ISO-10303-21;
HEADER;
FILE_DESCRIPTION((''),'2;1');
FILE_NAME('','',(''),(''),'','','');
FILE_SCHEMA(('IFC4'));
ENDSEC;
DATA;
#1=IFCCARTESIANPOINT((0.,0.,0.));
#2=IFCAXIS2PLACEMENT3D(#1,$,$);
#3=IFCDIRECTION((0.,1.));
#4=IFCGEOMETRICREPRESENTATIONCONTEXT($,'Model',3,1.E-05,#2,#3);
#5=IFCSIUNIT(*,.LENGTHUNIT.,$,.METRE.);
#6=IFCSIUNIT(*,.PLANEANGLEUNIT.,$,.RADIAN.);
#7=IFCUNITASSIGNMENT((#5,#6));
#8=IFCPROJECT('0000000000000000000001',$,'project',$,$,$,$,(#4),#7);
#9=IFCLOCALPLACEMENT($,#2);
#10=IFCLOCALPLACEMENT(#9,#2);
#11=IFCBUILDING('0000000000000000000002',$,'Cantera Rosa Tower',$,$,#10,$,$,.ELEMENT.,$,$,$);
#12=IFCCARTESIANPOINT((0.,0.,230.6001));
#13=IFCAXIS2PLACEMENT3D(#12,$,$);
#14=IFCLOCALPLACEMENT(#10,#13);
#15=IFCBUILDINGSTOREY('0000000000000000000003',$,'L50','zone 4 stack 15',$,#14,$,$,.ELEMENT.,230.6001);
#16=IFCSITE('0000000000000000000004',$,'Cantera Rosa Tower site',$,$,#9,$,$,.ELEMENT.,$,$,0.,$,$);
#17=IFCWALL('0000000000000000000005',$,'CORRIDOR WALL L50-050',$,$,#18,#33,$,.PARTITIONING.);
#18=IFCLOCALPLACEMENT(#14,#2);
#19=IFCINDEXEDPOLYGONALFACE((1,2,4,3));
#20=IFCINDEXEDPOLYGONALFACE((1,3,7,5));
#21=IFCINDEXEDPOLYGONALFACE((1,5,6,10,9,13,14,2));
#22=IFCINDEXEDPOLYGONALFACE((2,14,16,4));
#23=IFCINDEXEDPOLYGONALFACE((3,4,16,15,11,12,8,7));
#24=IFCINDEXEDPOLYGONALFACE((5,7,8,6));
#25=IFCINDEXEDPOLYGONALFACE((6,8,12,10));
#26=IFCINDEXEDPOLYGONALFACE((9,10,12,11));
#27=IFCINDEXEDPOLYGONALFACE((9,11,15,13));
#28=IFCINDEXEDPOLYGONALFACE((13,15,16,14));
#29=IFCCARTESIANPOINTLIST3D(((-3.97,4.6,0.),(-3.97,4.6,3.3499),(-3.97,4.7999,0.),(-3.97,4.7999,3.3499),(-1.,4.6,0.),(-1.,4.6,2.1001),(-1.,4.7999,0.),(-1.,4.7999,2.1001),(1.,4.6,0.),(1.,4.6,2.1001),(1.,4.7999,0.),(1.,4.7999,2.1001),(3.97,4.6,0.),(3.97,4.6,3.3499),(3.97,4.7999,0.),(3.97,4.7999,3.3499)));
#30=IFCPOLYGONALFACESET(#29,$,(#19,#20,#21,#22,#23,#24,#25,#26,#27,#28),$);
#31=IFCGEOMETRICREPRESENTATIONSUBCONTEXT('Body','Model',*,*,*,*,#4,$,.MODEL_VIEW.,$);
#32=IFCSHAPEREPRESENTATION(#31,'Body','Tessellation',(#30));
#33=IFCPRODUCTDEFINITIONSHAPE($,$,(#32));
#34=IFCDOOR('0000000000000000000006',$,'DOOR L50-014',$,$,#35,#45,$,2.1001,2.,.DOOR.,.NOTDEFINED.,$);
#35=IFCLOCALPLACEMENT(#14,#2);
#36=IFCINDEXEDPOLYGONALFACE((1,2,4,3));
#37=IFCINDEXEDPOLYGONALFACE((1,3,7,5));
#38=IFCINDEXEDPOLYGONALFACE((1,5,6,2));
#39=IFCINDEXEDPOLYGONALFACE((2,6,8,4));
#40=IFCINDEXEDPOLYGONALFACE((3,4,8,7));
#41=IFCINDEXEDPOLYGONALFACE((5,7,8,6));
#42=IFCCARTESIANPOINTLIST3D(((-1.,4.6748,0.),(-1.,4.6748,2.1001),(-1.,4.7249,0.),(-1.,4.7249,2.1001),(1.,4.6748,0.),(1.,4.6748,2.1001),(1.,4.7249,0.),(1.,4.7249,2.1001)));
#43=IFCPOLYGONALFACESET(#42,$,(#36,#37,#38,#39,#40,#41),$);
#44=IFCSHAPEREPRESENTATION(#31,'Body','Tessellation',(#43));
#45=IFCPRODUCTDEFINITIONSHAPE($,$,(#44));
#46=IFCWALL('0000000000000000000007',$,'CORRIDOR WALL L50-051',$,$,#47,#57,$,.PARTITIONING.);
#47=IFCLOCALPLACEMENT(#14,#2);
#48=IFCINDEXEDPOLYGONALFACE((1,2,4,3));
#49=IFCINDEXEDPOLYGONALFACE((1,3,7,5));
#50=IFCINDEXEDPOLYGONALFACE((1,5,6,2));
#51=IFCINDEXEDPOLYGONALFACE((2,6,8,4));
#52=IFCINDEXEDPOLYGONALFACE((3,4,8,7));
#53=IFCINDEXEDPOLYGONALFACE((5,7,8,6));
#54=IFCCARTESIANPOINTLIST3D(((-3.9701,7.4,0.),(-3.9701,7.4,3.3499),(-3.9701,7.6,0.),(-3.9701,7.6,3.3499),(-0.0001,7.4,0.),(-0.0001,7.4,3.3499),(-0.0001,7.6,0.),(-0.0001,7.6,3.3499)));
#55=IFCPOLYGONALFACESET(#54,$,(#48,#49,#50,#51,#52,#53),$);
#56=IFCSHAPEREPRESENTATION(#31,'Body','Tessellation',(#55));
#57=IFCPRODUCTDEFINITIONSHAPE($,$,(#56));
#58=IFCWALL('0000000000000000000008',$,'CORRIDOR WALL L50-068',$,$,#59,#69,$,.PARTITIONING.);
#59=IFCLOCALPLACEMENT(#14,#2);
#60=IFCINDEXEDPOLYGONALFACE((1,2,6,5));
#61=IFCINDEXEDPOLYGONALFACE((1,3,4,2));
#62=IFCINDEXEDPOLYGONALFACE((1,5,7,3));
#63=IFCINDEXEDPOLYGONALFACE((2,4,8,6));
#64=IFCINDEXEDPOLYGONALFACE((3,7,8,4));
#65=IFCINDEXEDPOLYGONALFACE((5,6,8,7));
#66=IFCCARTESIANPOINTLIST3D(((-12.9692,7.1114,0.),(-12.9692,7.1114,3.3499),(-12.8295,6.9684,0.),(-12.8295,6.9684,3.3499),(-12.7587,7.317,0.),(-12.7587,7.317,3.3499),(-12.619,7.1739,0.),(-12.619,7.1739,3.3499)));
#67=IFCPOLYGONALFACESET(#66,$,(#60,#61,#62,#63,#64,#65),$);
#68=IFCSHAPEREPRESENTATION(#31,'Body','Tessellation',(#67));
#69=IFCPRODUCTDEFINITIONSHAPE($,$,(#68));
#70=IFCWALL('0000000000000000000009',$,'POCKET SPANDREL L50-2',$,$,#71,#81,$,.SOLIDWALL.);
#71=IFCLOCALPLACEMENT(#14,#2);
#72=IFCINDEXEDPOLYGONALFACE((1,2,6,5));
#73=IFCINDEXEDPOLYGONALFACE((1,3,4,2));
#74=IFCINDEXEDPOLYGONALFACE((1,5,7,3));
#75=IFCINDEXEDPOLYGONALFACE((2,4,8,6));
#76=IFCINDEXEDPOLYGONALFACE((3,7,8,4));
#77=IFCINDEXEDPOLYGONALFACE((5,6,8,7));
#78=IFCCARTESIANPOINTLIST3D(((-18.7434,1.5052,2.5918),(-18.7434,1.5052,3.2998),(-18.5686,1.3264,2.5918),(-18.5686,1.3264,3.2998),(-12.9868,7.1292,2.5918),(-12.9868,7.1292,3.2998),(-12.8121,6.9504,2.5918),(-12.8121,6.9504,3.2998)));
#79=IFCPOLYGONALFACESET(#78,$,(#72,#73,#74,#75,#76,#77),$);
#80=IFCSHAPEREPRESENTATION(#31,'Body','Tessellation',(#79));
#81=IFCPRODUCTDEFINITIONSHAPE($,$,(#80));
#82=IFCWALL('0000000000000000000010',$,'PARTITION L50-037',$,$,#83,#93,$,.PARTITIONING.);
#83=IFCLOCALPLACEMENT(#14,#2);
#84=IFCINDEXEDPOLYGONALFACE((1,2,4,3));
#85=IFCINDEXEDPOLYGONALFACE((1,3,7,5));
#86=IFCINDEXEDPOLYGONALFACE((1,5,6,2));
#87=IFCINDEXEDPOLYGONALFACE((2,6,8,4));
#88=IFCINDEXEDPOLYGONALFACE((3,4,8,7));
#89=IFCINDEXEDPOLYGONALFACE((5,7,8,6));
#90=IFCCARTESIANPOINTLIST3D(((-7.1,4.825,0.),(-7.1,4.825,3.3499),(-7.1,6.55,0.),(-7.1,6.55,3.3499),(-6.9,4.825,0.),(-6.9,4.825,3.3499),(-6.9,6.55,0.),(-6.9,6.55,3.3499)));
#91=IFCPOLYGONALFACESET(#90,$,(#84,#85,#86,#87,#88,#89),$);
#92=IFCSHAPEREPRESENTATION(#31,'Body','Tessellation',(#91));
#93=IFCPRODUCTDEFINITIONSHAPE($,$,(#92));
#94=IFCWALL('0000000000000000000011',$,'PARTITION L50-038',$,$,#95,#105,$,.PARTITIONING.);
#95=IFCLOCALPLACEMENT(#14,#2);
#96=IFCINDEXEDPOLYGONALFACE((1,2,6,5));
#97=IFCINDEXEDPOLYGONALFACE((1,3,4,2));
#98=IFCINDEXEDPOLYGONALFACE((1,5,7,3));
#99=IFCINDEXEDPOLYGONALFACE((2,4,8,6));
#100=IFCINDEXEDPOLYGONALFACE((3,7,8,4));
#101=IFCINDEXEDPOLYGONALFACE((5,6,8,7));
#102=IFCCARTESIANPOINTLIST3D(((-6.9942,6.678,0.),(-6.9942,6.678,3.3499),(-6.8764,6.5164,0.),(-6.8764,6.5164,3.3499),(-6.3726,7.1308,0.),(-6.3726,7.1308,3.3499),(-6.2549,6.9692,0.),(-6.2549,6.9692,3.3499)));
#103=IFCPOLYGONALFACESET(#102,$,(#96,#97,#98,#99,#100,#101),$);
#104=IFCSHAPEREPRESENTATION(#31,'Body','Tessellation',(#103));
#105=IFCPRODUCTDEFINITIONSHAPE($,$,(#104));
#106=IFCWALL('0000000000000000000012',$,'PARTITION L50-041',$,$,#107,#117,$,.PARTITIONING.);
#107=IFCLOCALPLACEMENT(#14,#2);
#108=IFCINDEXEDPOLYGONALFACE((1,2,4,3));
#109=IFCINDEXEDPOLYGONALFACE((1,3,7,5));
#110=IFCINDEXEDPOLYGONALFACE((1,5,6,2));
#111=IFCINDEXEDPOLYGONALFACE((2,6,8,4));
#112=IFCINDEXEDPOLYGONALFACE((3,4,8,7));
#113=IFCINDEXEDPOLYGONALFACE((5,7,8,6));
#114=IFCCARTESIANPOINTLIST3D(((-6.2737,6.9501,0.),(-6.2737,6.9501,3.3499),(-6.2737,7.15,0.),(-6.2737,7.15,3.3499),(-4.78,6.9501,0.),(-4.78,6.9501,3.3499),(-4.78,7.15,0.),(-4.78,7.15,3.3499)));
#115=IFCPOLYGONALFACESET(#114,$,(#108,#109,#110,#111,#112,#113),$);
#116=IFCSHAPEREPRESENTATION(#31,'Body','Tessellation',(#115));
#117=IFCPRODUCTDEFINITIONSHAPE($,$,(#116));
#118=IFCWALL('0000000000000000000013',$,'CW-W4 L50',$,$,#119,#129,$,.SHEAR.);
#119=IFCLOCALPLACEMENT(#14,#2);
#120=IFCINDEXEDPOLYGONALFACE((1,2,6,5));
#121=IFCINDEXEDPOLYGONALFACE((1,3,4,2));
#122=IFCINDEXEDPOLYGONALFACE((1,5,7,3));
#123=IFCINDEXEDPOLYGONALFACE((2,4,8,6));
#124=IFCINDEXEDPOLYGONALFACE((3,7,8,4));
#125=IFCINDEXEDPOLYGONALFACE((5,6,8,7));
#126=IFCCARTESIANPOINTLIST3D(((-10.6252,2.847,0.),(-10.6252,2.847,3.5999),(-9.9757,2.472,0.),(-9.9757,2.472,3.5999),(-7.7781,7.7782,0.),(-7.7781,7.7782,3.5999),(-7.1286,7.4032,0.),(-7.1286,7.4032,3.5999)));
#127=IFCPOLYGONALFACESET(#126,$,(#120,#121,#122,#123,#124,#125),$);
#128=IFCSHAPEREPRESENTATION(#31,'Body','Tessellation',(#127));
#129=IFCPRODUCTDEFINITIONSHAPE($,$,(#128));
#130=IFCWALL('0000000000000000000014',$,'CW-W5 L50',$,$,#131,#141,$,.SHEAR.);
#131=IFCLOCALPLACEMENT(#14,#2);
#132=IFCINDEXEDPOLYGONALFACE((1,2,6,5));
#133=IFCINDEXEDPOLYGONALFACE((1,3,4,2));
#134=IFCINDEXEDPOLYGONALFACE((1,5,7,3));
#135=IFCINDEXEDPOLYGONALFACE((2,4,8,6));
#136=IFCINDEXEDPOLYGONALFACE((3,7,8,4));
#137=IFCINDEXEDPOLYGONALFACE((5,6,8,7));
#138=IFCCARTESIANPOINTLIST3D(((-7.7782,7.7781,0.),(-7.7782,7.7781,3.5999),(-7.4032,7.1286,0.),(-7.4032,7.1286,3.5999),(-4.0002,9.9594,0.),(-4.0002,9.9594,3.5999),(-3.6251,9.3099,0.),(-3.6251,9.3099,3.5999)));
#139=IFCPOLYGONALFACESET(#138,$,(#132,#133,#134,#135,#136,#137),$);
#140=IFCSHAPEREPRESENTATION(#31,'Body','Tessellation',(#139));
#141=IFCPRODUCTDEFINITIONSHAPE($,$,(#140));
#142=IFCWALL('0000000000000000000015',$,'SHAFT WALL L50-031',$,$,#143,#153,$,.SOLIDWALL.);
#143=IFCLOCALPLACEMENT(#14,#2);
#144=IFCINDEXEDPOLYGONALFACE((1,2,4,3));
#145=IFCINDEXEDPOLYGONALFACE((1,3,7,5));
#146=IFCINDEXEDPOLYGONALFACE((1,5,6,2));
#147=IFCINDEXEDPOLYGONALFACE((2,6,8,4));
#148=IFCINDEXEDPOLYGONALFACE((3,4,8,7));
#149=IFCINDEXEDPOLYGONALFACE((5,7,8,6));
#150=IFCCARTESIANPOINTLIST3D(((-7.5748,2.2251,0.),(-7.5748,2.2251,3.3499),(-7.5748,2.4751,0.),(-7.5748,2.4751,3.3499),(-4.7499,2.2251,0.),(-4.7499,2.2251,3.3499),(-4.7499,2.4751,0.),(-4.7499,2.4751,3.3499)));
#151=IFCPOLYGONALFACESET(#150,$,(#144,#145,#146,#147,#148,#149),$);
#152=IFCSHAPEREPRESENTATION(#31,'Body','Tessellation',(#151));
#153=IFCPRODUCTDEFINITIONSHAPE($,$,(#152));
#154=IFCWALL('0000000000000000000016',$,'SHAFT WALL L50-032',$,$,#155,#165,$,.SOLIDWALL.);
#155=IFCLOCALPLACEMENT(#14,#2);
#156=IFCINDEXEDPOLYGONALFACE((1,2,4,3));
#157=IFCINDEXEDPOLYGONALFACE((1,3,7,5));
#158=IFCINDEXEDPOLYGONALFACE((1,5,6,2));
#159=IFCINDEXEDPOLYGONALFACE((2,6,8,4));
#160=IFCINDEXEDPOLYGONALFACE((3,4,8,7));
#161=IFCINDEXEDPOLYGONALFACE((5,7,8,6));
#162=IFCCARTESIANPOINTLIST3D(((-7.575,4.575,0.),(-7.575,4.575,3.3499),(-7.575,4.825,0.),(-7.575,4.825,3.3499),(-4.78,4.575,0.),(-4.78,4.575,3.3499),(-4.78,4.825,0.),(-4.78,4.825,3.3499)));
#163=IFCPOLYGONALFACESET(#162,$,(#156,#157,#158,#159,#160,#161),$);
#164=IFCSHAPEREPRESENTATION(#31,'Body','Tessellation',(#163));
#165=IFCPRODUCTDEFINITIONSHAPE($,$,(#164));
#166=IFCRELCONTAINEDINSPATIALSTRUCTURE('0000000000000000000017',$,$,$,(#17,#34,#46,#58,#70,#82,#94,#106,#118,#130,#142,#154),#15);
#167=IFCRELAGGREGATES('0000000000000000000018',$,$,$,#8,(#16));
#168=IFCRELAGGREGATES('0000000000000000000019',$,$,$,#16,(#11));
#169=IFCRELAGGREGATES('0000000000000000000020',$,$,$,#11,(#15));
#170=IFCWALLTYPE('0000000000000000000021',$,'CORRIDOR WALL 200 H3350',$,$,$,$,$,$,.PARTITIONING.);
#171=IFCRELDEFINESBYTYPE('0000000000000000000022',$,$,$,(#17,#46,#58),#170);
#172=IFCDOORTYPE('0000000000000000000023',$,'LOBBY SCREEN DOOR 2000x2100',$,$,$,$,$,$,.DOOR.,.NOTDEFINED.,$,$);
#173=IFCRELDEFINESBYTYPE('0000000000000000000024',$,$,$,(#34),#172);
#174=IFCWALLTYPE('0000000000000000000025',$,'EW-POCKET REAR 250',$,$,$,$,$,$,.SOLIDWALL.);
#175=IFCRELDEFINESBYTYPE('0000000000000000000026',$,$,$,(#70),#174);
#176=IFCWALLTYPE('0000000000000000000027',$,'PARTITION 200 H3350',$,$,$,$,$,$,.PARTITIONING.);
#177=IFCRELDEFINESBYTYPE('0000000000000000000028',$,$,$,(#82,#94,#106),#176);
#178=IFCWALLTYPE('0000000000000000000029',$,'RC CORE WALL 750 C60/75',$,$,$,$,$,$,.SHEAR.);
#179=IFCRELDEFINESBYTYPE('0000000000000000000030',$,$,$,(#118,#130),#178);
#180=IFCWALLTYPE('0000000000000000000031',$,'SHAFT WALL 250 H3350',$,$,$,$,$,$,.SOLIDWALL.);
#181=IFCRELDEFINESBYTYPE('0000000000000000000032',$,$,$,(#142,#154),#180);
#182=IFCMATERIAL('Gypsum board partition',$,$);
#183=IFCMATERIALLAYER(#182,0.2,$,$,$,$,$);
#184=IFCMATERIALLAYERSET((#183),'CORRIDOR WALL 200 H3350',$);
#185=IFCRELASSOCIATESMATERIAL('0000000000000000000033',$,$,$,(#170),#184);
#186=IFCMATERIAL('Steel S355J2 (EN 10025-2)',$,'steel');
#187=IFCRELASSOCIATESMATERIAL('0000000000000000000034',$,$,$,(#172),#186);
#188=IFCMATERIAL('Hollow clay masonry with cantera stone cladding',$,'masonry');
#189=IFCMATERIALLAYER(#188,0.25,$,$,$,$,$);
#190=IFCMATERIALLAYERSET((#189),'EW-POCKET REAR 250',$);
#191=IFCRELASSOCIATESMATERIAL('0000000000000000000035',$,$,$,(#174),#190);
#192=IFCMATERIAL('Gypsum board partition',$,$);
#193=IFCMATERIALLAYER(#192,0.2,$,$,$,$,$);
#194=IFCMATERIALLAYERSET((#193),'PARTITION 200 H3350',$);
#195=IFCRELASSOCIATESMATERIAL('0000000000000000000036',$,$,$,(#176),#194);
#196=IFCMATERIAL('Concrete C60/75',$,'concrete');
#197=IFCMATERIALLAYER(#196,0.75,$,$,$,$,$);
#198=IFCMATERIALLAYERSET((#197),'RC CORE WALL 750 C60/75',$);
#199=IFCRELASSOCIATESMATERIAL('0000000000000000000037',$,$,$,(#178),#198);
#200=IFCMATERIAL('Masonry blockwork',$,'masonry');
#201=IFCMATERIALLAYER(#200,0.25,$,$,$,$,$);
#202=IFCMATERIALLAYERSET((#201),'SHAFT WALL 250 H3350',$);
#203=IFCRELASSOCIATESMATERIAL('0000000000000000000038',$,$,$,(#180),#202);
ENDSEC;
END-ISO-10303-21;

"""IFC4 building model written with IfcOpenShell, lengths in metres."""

from ifc_helpers import new_model, si_unit, direction, frame, frame_2d, origin, place, context, subcontext, project, spatial, rectangle, extrude, material, layer, layer_set, type_object, element, fill, save


model = new_model("IFC4")

# Units and contexts
model_context = context("Model", 3, precision=1e-05, world=origin(), true_north=direction((0.0, 1.0)))
body_context = subcontext(model_context, "Body", "Model", "MODEL_VIEW")
ifc_project = project(units=[si_unit("LENGTHUNIT", "METRE"), si_unit("PLANEANGLEUNIT", "RADIAN")], contexts=[model_context])

# Site, building, storey
site_placement = place(None, origin())
site = spatial("IfcSite", under=ifc_project, at=site_placement, Name="Cantera Rosa Tower site", CompositionType="ELEMENT", RefElevation=0.0)
building_placement = place(site_placement, origin())
building = spatial("IfcBuilding", under=site, at=building_placement, Name="Cantera Rosa Tower", CompositionType="ELEMENT")
storey_placement = place(building_placement, frame((0.0, 0.0, 230.6001)))
storey = spatial("IfcBuildingStorey", under=building, at=storey_placement, Name="L50", Description="zone 4 stack 15", CompositionType="ELEMENT", Elevation=230.6001)

# Wall, opening, door
ifc_material_1 = material(Name="Gypsum board partition")
ifc_layer_1 = layer(ifc_material_1, 0.2)
ifc_layer_set_1 = layer_set([ifc_layer_1], Name="CORRIDOR WALL 200 H3350")
wall_type_1 = type_object("IfcWallType", Name="CORRIDOR WALL 200 H3350", PredefinedType="PARTITIONING", material=ifc_layer_set_1)
wall_1_placement = place(storey_placement, frame((-3.97, 4.7, 0.0), z_axis=(0.0, 0.0, 1.0), x_axis=(1.0, 0.0, 0.0)))
wall_1 = element("IfcWall", 1, at=wall_1_placement, inside=storey, type_object=wall_type_1, Name="CORRIDOR WALL L50-050", PredefinedType="PARTITIONING", context=body_context, shape_type="SweptSolid", body=[
    extrude(rectangle(XDim=7.9399, YDim=0.2, at=frame_2d((3.97, 0.0))), origin(), (0.0, 0.0, 1.0), 3.3499),
])
opening_1_placement = place(wall_1_placement, frame((2.97, 0.0, 0.0)))
opening_1 = element("IfcOpeningElement", 2, at=opening_1_placement, cuts=wall_1, PredefinedType="OPENING", context=body_context, shape_type="SweptSolid", body=[
    extrude(rectangle(XDim=2.0, YDim=2.1001, at=frame_2d((1.0, 1.05))), frame((0.0, 0.1099, 0.0), z_axis=(0.0, -1.0, 0.0), x_axis=(1.0, 0.0, 0.0)), (0.0, 0.0, 1.0), 0.22),
])
ifc_material_2 = material(Name="Steel S355J2 (EN 10025-2)", Category="steel")
door_type_1 = type_object("IfcDoorType", Name="LOBBY SCREEN DOOR 2000x2100", OperationType="NOTDEFINED", PredefinedType="DOOR", material=ifc_material_2)
door_1_placement = place(opening_1_placement, origin())
door_1 = element("IfcDoor", 3, at=door_1_placement, inside=storey, type_object=door_type_1, Name="DOOR L50-014", OperationType="NOTDEFINED", OverallHeight=2.1001, OverallWidth=2.0, PredefinedType="DOOR", context=body_context, shape_type="SweptSolid", body=[
    extrude(rectangle(XDim=2.0, YDim=2.1001, at=frame_2d((1.0, 1.05))), frame((0.0, 0.0249, 0.0), z_axis=(0.0, -1.0, 0.0), x_axis=(1.0, 0.0, 0.0)), (0.0, 0.0, 1.0), 0.05),
])
fill(opening_1, door_1)

# Walls
wall_2_placement = place(storey_placement, frame((-3.97, 7.5, 0.0), z_axis=(0.0, 0.0, 1.0), x_axis=(1.0, 0.0, 0.0)))
element("IfcWall", 4, at=wall_2_placement, inside=storey, type_object=wall_type_1, Name="CORRIDOR WALL L50-051", PredefinedType="PARTITIONING", context=body_context, shape_type="SweptSolid", body=[
    extrude(rectangle(XDim=3.97, YDim=0.2, at=frame_2d((1.9849, 0.0))), origin(), (0.0, 0.0, 1.0), 3.3499),
])
wall_3_placement = place(storey_placement, frame((-12.689, 7.2454, 0.0), z_axis=(0.0, 0.0, 1.0), x_axis=(-0.715357, -0.698759, 0.0)))
element("IfcWall", 5, at=wall_3_placement, inside=storey, type_object=wall_type_1, Name="CORRIDOR WALL L50-068", PredefinedType="PARTITIONING", context=body_context, shape_type="SweptSolid", body=[
    extrude(rectangle(XDim=0.2942, YDim=0.2, at=frame_2d((0.147, 0.0))), origin(), (0.0, 0.0, 1.0), 3.3499),
])
ifc_material_3 = material(Name="Hollow clay masonry with cantera stone cladding", Category="masonry")
ifc_layer_2 = layer(ifc_material_3, 0.25)
ifc_layer_set_2 = layer_set([ifc_layer_2], Name="EW-POCKET REAR 250")
wall_type_2 = type_object("IfcWallType", Name="EW-POCKET REAR 250", PredefinedType="SOLIDWALL", material=ifc_layer_set_2)
wall_4_placement = place(storey_placement, frame((-12.8994, 7.0398, 2.5918), z_axis=(0.0, 0.0, 1.0), x_axis=(-0.715295, -0.698823, 0.0)))
element("IfcWall", 6, at=wall_4_placement, inside=storey, type_object=wall_type_2, Name="POCKET SPANDREL L50-2", PredefinedType="SOLIDWALL", context=body_context, shape_type="SweptSolid", body=[
    extrude(rectangle(XDim=8.0479, YDim=0.25, at=frame_2d((4.0239, 0.0))), origin(), (0.0, 0.0, 1.0), 0.708),
])
ifc_material_4 = material(Name="Gypsum board partition")
ifc_layer_3 = layer(ifc_material_4, 0.2)
ifc_layer_set_3 = layer_set([ifc_layer_3], Name="PARTITION 200 H3350")
wall_type_3 = type_object("IfcWallType", Name="PARTITION 200 H3350", PredefinedType="PARTITIONING", material=ifc_layer_set_3)
wall_5_placement = place(storey_placement, frame((-7.0, 4.825, 0.0), z_axis=(0.0, 0.0, 1.0), x_axis=(0.0, 1.0, 0.0)))
element("IfcWall", 7, at=wall_5_placement, inside=storey, type_object=wall_type_3, Name="PARTITION L50-037", PredefinedType="PARTITIONING", context=body_context, shape_type="SweptSolid", body=[
    extrude(rectangle(XDim=1.7251, YDim=0.2, at=frame_2d((0.8625, 0.0))), origin(), (0.0, 0.0, 1.0), 3.3499),
])
wall_6_placement = place(storey_placement, frame((-6.9353, 6.5972, 0.0), z_axis=(0.0, 0.0, 1.0), x_axis=(0.808228, 0.58887, 0.0)))
element("IfcWall", 8, at=wall_6_placement, inside=storey, type_object=wall_type_3, Name="PARTITION L50-038", PredefinedType="PARTITIONING", context=body_context, shape_type="SweptSolid", body=[
    extrude(rectangle(XDim=0.769, YDim=0.2, at=frame_2d((0.3845, 0.0))), origin(), (0.0, 0.0, 1.0), 3.3499),
])
wall_7_placement = place(storey_placement, frame((-6.2737, 7.05, 0.0), z_axis=(0.0, 0.0, 1.0), x_axis=(1.0, 0.0, 0.0)))
element("IfcWall", 9, at=wall_7_placement, inside=storey, type_object=wall_type_3, Name="PARTITION L50-041", PredefinedType="PARTITIONING", context=body_context, shape_type="SweptSolid", body=[
    extrude(rectangle(XDim=1.4937, YDim=0.2, at=frame_2d((0.7468, 0.0))), origin(), (0.0, 0.0, 1.0), 3.3499),
])
ifc_material_5 = material(Name="Concrete C60/75", Category="concrete")
ifc_layer_4 = layer(ifc_material_5, 0.75)
ifc_layer_set_4 = layer_set([ifc_layer_4], Name="RC CORE WALL 750 C60/75")
wall_type_4 = type_object("IfcWallType", Name="RC CORE WALL 750 C60/75", PredefinedType="SHEAR", material=ifc_layer_set_4)
wall_8_placement = place(storey_placement, frame((-10.3005, 2.6594, 0.0), z_axis=(0.0, 0.0, 1.0), x_axis=(0.500022, 0.866013, 0.0)))
element("IfcWall", 10, at=wall_8_placement, inside=storey, type_object=wall_type_4, Name="CW-W4 L50", PredefinedType="SHEAR", context=body_context, shape_type="SweptSolid", body=[
    extrude(rectangle(XDim=5.6941, YDim=0.75, at=frame_2d((2.8472, 0.0))), origin(), (0.0, 0.0, 1.0), 3.5999),
])
wall_9_placement = place(storey_placement, frame((-7.5906, 7.4534, 0.0), z_axis=(0.0, 0.0, 1.0), x_axis=(0.866013, 0.500021, 0.0)))
element("IfcWall", 11, at=wall_9_placement, inside=storey, type_object=wall_type_4, Name="CW-W5 L50", PredefinedType="SHEAR", context=body_context, shape_type="SweptSolid", body=[
    extrude(rectangle(XDim=4.3625, YDim=0.75, at=frame_2d((2.1812, 0.0))), origin(), (0.0, 0.0, 1.0), 3.5999),
])
ifc_material_6 = material(Name="Masonry blockwork", Category="masonry")
ifc_layer_5 = layer(ifc_material_6, 0.25)
ifc_layer_set_5 = layer_set([ifc_layer_5], Name="SHAFT WALL 250 H3350")
wall_type_5 = type_object("IfcWallType", Name="SHAFT WALL 250 H3350", PredefinedType="SOLIDWALL", material=ifc_layer_set_5)
wall_10_placement = place(storey_placement, frame((-7.575, 2.3501, 0.0), z_axis=(0.0, 0.0, 1.0), x_axis=(1.0, 0.0, 0.0)))
element("IfcWall", 12, at=wall_10_placement, inside=storey, type_object=wall_type_5, Name="SHAFT WALL L50-031", PredefinedType="SOLIDWALL", context=body_context, shape_type="SweptSolid", body=[
    extrude(rectangle(XDim=2.825, YDim=0.25, at=frame_2d((1.4126, 0.0))), origin(), (0.0, 0.0, 1.0), 3.3499),
])
wall_11_placement = place(storey_placement, frame((-7.575, 4.7, 0.0), z_axis=(0.0, 0.0, 1.0), x_axis=(1.0, 0.0, 0.0)))
element("IfcWall", 13, at=wall_11_placement, inside=storey, type_object=wall_type_5, Name="SHAFT WALL L50-032", PredefinedType="SOLIDWALL", context=body_context, shape_type="SweptSolid", body=[
    extrude(rectangle(XDim=2.7949, YDim=0.25, at=frame_2d((1.3975, 0.0))), origin(), (0.0, 0.0, 1.0), 3.3499),
])

save(model, "model.ifc")
